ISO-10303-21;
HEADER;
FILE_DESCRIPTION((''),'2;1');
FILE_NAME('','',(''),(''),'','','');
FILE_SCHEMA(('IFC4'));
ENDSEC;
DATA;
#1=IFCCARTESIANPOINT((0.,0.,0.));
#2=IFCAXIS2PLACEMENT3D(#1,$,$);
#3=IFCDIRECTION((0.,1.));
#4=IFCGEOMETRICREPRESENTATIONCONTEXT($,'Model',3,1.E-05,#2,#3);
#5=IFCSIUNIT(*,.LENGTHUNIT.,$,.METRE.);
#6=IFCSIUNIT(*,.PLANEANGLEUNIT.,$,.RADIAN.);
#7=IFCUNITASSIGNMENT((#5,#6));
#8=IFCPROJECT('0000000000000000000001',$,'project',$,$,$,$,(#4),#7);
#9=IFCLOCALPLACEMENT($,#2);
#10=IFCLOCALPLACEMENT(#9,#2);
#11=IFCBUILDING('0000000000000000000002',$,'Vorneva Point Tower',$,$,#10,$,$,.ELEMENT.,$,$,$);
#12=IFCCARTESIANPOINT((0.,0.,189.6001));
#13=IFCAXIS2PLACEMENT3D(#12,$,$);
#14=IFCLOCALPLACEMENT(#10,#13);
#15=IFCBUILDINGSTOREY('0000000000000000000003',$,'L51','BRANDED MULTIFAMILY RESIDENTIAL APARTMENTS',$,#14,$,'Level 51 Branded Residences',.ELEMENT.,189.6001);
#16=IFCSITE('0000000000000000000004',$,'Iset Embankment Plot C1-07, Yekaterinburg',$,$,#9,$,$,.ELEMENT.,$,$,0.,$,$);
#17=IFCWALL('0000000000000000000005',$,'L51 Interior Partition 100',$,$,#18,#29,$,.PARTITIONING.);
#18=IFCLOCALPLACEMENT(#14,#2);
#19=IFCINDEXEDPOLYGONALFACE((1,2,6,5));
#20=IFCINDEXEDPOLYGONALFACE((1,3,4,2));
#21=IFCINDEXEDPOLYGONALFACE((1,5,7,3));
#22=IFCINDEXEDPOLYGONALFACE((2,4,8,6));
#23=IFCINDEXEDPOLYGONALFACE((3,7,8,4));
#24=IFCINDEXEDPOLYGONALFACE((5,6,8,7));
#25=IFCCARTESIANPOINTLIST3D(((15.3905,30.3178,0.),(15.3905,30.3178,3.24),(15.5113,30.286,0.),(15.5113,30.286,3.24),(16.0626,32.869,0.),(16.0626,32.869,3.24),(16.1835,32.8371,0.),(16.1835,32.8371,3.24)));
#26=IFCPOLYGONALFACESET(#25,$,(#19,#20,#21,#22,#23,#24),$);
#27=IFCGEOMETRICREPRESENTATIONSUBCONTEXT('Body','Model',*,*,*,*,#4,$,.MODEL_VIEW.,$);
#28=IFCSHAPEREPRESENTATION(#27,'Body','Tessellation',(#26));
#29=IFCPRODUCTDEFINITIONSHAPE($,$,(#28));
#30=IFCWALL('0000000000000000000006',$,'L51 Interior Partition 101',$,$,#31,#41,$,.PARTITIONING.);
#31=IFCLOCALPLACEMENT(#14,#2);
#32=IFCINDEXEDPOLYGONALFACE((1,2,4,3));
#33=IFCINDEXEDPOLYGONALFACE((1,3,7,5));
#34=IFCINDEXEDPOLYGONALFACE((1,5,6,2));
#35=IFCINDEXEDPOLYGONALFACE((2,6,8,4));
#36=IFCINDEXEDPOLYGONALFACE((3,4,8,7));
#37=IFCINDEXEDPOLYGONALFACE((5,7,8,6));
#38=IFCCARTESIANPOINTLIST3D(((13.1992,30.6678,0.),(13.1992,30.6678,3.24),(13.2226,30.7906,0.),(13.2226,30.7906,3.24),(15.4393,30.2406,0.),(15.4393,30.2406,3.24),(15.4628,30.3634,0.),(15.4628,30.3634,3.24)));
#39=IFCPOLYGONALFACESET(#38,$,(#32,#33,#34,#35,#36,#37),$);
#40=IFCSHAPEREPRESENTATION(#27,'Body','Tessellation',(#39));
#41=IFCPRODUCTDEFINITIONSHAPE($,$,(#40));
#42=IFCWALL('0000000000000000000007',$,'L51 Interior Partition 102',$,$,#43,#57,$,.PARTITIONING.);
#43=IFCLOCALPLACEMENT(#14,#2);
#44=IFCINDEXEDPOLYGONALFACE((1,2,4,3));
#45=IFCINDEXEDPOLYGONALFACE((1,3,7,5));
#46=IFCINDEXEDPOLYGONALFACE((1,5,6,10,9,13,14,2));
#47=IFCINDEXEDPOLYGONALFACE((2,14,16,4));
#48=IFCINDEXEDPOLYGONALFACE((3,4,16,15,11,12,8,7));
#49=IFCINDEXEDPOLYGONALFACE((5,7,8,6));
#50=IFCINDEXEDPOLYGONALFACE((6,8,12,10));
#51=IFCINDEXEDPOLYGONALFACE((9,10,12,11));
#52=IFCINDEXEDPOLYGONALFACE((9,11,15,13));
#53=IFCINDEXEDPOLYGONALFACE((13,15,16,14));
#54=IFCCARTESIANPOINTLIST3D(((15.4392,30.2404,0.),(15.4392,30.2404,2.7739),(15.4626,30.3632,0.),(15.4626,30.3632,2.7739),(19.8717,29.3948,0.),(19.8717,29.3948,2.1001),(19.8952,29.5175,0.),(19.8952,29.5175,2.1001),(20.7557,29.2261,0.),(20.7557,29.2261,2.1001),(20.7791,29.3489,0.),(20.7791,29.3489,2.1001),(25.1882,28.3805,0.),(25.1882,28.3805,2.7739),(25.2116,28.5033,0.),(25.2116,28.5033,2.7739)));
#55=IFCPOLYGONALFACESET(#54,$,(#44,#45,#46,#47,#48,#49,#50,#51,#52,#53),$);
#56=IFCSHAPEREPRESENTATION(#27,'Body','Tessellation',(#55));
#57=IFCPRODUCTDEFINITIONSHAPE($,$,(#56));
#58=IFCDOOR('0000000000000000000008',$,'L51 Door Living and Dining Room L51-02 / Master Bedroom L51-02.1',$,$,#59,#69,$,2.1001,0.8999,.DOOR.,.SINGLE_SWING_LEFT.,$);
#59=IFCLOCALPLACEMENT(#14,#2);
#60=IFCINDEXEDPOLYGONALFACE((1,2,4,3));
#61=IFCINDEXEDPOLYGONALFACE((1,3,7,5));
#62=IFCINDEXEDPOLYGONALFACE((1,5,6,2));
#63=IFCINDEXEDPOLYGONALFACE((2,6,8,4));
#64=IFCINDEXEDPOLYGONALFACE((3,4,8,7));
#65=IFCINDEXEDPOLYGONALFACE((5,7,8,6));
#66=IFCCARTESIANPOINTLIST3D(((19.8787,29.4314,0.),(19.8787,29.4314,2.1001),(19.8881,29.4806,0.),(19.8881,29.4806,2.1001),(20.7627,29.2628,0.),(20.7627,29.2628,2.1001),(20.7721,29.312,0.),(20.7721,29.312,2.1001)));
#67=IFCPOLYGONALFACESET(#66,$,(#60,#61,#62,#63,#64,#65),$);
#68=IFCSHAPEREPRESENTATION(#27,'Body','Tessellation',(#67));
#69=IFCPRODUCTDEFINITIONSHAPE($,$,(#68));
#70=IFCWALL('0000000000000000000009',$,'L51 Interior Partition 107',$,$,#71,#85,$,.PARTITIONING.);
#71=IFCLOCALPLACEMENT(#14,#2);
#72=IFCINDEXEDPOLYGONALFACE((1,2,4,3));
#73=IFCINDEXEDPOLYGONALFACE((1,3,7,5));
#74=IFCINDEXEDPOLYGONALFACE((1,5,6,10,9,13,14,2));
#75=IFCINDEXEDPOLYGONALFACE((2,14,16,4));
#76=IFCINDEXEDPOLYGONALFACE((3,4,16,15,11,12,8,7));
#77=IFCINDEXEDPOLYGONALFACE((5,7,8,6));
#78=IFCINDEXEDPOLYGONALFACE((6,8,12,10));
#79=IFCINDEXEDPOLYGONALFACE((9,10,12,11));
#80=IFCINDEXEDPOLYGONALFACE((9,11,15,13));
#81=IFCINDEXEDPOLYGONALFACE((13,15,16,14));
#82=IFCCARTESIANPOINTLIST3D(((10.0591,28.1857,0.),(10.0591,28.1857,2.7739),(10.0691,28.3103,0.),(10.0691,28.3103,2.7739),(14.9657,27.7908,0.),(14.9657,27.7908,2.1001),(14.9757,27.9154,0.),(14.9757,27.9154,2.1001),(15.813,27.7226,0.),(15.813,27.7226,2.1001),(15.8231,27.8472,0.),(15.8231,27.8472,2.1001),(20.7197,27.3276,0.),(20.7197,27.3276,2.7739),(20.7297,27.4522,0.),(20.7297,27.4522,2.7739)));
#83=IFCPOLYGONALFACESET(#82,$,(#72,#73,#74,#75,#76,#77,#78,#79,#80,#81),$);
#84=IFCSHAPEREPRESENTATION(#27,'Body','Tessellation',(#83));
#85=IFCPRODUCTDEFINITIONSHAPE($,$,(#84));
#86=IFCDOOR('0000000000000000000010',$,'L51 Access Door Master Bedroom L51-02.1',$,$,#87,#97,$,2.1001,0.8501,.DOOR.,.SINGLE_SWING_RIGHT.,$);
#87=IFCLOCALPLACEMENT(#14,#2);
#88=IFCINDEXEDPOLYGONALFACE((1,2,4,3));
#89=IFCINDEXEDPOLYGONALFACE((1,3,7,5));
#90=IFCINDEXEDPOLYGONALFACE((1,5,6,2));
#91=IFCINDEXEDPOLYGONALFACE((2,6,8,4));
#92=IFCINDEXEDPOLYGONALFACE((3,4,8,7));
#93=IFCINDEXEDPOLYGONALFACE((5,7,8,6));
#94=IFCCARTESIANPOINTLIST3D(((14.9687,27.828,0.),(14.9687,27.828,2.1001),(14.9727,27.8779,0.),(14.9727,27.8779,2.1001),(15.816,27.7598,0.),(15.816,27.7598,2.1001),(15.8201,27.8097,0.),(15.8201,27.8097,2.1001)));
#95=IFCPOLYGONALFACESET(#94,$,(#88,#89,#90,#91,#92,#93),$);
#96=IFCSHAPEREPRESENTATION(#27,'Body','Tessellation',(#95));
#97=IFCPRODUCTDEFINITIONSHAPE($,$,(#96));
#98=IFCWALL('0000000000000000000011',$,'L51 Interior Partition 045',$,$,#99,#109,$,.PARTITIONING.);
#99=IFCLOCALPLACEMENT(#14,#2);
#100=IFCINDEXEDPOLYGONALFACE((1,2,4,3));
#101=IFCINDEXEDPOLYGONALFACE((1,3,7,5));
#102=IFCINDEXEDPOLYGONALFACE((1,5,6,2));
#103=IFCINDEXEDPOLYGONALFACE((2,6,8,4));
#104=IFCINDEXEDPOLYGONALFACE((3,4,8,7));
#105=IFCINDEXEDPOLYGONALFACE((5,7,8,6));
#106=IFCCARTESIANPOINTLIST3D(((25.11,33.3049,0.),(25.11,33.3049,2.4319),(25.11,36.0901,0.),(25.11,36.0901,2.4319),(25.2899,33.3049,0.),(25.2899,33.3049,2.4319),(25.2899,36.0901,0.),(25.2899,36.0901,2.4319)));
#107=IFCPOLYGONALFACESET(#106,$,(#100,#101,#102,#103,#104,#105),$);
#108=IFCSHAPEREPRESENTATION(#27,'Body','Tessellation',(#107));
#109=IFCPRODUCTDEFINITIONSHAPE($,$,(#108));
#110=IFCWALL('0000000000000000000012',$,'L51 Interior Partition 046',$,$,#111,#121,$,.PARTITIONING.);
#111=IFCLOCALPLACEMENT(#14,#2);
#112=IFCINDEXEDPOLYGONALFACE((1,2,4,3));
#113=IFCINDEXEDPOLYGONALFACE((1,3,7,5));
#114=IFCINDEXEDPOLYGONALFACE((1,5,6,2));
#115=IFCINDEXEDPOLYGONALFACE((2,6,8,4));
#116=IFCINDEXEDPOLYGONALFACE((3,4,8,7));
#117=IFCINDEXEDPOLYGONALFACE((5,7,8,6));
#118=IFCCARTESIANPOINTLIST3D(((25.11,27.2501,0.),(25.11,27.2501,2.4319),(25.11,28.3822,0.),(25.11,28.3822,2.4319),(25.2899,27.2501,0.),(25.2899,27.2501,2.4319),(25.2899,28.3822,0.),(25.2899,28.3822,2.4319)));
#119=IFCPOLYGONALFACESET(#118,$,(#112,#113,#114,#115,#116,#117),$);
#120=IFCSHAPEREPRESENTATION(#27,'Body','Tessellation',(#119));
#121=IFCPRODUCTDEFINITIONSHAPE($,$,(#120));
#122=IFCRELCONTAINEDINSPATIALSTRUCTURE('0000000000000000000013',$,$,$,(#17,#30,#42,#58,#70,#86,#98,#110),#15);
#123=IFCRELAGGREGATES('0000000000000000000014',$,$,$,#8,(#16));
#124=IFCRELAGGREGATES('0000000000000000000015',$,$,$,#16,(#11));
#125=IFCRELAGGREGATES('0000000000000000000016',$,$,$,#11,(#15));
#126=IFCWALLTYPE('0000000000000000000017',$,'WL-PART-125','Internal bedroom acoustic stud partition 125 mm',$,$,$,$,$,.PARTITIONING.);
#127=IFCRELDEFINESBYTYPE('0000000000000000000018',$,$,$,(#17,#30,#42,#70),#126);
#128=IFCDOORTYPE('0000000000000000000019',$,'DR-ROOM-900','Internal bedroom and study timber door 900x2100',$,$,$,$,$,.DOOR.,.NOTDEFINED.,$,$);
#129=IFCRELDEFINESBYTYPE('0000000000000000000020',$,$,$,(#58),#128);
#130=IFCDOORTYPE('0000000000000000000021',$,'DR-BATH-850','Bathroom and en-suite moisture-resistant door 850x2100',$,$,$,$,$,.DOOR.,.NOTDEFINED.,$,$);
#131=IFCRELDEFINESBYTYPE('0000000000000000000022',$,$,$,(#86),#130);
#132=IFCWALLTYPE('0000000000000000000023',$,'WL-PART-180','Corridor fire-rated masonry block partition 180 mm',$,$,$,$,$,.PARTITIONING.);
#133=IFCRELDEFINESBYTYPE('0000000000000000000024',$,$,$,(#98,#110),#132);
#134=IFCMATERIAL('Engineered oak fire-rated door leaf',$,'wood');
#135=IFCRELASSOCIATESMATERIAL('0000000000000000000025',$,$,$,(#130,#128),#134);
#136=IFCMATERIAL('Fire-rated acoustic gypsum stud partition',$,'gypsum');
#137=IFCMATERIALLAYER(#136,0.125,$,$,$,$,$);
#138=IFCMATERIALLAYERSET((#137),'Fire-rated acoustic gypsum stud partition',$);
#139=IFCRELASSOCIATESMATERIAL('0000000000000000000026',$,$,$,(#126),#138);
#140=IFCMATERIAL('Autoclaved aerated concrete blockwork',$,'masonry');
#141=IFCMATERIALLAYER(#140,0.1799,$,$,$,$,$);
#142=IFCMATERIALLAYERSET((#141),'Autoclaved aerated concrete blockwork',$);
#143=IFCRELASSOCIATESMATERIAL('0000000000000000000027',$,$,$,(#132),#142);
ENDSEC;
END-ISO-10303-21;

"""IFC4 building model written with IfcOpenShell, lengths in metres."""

from ifc_helpers import new_model, si_unit, direction, frame, frame_2d, origin, place, context, subcontext, project, spatial, rectangle, extrude, material, layer, layer_set, type_object, element, fill, save


model = new_model("IFC4")

# Units and contexts
model_context = context("Model", 3, precision=1e-05, world=origin(), true_north=direction((0.0, 1.0)))
body_context = subcontext(model_context, "Body", "Model", "MODEL_VIEW")
ifc_project = project(units=[si_unit("LENGTHUNIT", "METRE"), si_unit("PLANEANGLEUNIT", "RADIAN")], contexts=[model_context])

# Site, building, storey
site_placement = place(None, origin())
site = spatial("IfcSite", under=ifc_project, at=site_placement, Name="Iset Embankment Plot C1-07, Yekaterinburg", CompositionType="ELEMENT", RefElevation=0.0)
building_placement = place(site_placement, origin())
building = spatial("IfcBuilding", under=site, at=building_placement, Name="Vorneva Point Tower", CompositionType="ELEMENT")
storey_placement = place(building_placement, frame((0.0, 0.0, 189.6001)))
storey = spatial("IfcBuildingStorey", under=building, at=storey_placement, Name="L51", Description="BRANDED MULTIFAMILY RESIDENTIAL APARTMENTS", LongName="Level 51 Branded Residences", CompositionType="ELEMENT", Elevation=189.6001)

# Shared definitions
ifc_material_1 = material(Name="Fire-rated acoustic gypsum stud partition", Category="gypsum")
ifc_material_2 = material(Name="Engineered oak fire-rated door leaf", Category="wood")
door_type_1 = type_object("IfcDoorType", Name="DR-BATH-850", Description="Bathroom and en-suite moisture-resistant door 850x2100", OperationType="NOTDEFINED", PredefinedType="DOOR", material=ifc_material_2)

# Shared definitions
ifc_layer_1 = layer(ifc_material_1, 0.125)
ifc_layer_set_1 = layer_set([ifc_layer_1], Name="Fire-rated acoustic gypsum stud partition")
wall_type_1 = type_object("IfcWallType", Name="WL-PART-125", Description="Internal bedroom acoustic stud partition 125 mm", PredefinedType="PARTITIONING", material=ifc_layer_set_1)
door_type_2 = type_object("IfcDoorType", Name="DR-ROOM-900", Description="Internal bedroom and study timber door 900x2100", OperationType="NOTDEFINED", PredefinedType="DOOR", material=ifc_material_2)

# Walls
wall_1_placement = place(storey_placement, frame((16.123, 32.853, 0.0), z_axis=(0.0, 0.0, 1.0), x_axis=(-0.254776, -0.967, 0.0)))
element("IfcWall", 1, at=wall_1_placement, inside=storey, type_object=wall_type_1, Name="L51 Interior Partition 100", PredefinedType="PARTITIONING", context=body_context, shape_type="SweptSolid", body=[
    extrude(rectangle(XDim=2.6382, YDim=0.125, at=frame_2d((1.3191, 0.0))), origin(), (0.0, 0.0, 1.0), 3.24),
])
wall_2_placement = place(storey_placement, frame((15.4509, 30.302, 0.0), z_axis=(0.0, 0.0, 1.0), x_axis=(-0.982295, 0.187338, 0.0)))
element("IfcWall", 2, at=wall_2_placement, inside=storey, type_object=wall_type_1, Name="L51 Interior Partition 101", PredefinedType="PARTITIONING", context=body_context, shape_type="SweptSolid", body=[
    extrude(rectangle(XDim=2.2805, YDim=0.125, at=frame_2d((1.1401, 0.0))), origin(), (0.0, 0.0, 1.0), 3.24),
])

# Walls, openings, doors
wall_3_placement = place(storey_placement, frame((15.4509, 30.3018, 0.0), z_axis=(0.0, 0.0, 1.0), x_axis=(0.982285, -0.187395, 0.0)))
wall_3 = element("IfcWall", 3, at=wall_3_placement, inside=storey, type_object=wall_type_1, Name="L51 Interior Partition 102", PredefinedType="PARTITIONING", context=body_context, shape_type="SweptSolid", body=[
    extrude(rectangle(XDim=9.9248, YDim=0.125, at=frame_2d((4.9624, 0.0))), origin(), (0.0, 0.0, 1.0), 2.7739),
])
opening_1_placement = place(wall_3_placement, frame((4.5125, 0.0, 0.0)))
opening_1 = element("IfcOpeningElement", 4, at=opening_1_placement, cuts=wall_3, PredefinedType="OPENING", context=body_context, shape_type="SweptSolid", body=[
    extrude(rectangle(XDim=0.8999, YDim=2.1001, at=frame_2d((0.45, 1.05))), frame((0.0, 0.0774, 0.0), z_axis=(0.0, -1.0, 0.0), x_axis=(1.0, 0.0, 0.0)), (0.0, 0.0, 1.0), 0.1548),
])
door_1_placement = place(opening_1_placement, origin())
door_1 = element("IfcDoor", 5, at=door_1_placement, inside=storey, type_object=door_type_2, Name="L51 Door Living and Dining Room L51-02 / Master Bedroom L51-02.1", OperationType="SINGLE_SWING_LEFT", OverallHeight=2.1001, OverallWidth=0.8999, PredefinedType="DOOR", context=body_context, shape_type="SweptSolid", body=[
    extrude(rectangle(XDim=0.8999, YDim=2.1001, at=frame_2d((0.45, 1.05))), frame((0.0, 0.0249, 0.0), z_axis=(0.0, -1.0, 0.0), x_axis=(1.0, 0.0, 0.0)), (0.0, 0.0, 1.0), 0.05),
])
fill(opening_1, door_1)
wall_4_placement = place(storey_placement, frame((10.064, 28.248, 0.0), z_axis=(0.0, 0.0, 1.0), x_axis=(0.996776, -0.080238, 0.0)))
wall_4 = element("IfcWall", 6, at=wall_4_placement, inside=storey, type_object=wall_type_1, Name="L51 Interior Partition 107", PredefinedType="PARTITIONING", context=body_context, shape_type="SweptSolid", body=[
    extrude(rectangle(XDim=10.6951, YDim=0.125, at=frame_2d((5.3477, 0.0))), origin(), (0.0, 0.0, 1.0), 2.7739),
])
opening_2_placement = place(wall_4_placement, frame((4.9226, 0.0, 0.0)))
opening_2 = element("IfcOpeningElement", 7, at=opening_2_placement, cuts=wall_4, PredefinedType="OPENING", context=body_context, shape_type="SweptSolid", body=[
    extrude(rectangle(XDim=0.8501, YDim=2.1001, at=frame_2d((0.425, 1.05))), frame((0.0, 0.0774, 0.0), z_axis=(0.0, -1.0, 0.0), x_axis=(1.0, 0.0, 0.0)), (0.0, 0.0, 1.0), 0.1548),
])
door_2_placement = place(opening_2_placement, origin())
door_2 = element("IfcDoor", 8, at=door_2_placement, inside=storey, type_object=door_type_1, Name="L51 Access Door Master Bedroom L51-02.1", OperationType="SINGLE_SWING_RIGHT", OverallHeight=2.1001, OverallWidth=0.8501, PredefinedType="DOOR", context=body_context, shape_type="SweptSolid", body=[
    extrude(rectangle(XDim=0.8501, YDim=2.1001, at=frame_2d((0.425, 1.05))), frame((0.0, 0.0249, 0.0), z_axis=(0.0, -1.0, 0.0), x_axis=(1.0, 0.0, 0.0)), (0.0, 0.0, 1.0), 0.05),
])
fill(opening_2, door_2)
ifc_material_3 = material(Name="Autoclaved aerated concrete blockwork", Category="masonry")
ifc_layer_2 = layer(ifc_material_3, 0.1799)
ifc_layer_set_2 = layer_set([ifc_layer_2], Name="Autoclaved aerated concrete blockwork")
wall_type_2 = type_object("IfcWallType", Name="WL-PART-180", Description="Corridor fire-rated masonry block partition 180 mm", PredefinedType="PARTITIONING", material=ifc_layer_set_2)

# Walls
wall_5_placement = place(storey_placement, frame((25.2, 36.0901, 0.0), z_axis=(0.0, 0.0, 1.0), x_axis=(0.0, -1.0, 0.0)))
element("IfcWall", 9, at=wall_5_placement, inside=storey, type_object=wall_type_2, Name="L51 Interior Partition 045", PredefinedType="PARTITIONING", context=body_context, shape_type="SweptSolid", body=[
    extrude(rectangle(XDim=2.7852, YDim=0.1799, at=frame_2d((1.3926, 0.0))), origin(), (0.0, 0.0, 1.0), 2.4319),
])
wall_6_placement = place(storey_placement, frame((25.2, 28.3821, 0.0), z_axis=(0.0, 0.0, 1.0), x_axis=(0.0, -1.0, 0.0)))
element("IfcWall", 10, at=wall_6_placement, inside=storey, type_object=wall_type_2, Name="L51 Interior Partition 046", PredefinedType="PARTITIONING", context=body_context, shape_type="SweptSolid", body=[
    extrude(rectangle(XDim=1.1321, YDim=0.1799, at=frame_2d((0.5659, 0.0))), origin(), (0.0, 0.0, 1.0), 2.4319),
])

save(model, "model.ifc")
